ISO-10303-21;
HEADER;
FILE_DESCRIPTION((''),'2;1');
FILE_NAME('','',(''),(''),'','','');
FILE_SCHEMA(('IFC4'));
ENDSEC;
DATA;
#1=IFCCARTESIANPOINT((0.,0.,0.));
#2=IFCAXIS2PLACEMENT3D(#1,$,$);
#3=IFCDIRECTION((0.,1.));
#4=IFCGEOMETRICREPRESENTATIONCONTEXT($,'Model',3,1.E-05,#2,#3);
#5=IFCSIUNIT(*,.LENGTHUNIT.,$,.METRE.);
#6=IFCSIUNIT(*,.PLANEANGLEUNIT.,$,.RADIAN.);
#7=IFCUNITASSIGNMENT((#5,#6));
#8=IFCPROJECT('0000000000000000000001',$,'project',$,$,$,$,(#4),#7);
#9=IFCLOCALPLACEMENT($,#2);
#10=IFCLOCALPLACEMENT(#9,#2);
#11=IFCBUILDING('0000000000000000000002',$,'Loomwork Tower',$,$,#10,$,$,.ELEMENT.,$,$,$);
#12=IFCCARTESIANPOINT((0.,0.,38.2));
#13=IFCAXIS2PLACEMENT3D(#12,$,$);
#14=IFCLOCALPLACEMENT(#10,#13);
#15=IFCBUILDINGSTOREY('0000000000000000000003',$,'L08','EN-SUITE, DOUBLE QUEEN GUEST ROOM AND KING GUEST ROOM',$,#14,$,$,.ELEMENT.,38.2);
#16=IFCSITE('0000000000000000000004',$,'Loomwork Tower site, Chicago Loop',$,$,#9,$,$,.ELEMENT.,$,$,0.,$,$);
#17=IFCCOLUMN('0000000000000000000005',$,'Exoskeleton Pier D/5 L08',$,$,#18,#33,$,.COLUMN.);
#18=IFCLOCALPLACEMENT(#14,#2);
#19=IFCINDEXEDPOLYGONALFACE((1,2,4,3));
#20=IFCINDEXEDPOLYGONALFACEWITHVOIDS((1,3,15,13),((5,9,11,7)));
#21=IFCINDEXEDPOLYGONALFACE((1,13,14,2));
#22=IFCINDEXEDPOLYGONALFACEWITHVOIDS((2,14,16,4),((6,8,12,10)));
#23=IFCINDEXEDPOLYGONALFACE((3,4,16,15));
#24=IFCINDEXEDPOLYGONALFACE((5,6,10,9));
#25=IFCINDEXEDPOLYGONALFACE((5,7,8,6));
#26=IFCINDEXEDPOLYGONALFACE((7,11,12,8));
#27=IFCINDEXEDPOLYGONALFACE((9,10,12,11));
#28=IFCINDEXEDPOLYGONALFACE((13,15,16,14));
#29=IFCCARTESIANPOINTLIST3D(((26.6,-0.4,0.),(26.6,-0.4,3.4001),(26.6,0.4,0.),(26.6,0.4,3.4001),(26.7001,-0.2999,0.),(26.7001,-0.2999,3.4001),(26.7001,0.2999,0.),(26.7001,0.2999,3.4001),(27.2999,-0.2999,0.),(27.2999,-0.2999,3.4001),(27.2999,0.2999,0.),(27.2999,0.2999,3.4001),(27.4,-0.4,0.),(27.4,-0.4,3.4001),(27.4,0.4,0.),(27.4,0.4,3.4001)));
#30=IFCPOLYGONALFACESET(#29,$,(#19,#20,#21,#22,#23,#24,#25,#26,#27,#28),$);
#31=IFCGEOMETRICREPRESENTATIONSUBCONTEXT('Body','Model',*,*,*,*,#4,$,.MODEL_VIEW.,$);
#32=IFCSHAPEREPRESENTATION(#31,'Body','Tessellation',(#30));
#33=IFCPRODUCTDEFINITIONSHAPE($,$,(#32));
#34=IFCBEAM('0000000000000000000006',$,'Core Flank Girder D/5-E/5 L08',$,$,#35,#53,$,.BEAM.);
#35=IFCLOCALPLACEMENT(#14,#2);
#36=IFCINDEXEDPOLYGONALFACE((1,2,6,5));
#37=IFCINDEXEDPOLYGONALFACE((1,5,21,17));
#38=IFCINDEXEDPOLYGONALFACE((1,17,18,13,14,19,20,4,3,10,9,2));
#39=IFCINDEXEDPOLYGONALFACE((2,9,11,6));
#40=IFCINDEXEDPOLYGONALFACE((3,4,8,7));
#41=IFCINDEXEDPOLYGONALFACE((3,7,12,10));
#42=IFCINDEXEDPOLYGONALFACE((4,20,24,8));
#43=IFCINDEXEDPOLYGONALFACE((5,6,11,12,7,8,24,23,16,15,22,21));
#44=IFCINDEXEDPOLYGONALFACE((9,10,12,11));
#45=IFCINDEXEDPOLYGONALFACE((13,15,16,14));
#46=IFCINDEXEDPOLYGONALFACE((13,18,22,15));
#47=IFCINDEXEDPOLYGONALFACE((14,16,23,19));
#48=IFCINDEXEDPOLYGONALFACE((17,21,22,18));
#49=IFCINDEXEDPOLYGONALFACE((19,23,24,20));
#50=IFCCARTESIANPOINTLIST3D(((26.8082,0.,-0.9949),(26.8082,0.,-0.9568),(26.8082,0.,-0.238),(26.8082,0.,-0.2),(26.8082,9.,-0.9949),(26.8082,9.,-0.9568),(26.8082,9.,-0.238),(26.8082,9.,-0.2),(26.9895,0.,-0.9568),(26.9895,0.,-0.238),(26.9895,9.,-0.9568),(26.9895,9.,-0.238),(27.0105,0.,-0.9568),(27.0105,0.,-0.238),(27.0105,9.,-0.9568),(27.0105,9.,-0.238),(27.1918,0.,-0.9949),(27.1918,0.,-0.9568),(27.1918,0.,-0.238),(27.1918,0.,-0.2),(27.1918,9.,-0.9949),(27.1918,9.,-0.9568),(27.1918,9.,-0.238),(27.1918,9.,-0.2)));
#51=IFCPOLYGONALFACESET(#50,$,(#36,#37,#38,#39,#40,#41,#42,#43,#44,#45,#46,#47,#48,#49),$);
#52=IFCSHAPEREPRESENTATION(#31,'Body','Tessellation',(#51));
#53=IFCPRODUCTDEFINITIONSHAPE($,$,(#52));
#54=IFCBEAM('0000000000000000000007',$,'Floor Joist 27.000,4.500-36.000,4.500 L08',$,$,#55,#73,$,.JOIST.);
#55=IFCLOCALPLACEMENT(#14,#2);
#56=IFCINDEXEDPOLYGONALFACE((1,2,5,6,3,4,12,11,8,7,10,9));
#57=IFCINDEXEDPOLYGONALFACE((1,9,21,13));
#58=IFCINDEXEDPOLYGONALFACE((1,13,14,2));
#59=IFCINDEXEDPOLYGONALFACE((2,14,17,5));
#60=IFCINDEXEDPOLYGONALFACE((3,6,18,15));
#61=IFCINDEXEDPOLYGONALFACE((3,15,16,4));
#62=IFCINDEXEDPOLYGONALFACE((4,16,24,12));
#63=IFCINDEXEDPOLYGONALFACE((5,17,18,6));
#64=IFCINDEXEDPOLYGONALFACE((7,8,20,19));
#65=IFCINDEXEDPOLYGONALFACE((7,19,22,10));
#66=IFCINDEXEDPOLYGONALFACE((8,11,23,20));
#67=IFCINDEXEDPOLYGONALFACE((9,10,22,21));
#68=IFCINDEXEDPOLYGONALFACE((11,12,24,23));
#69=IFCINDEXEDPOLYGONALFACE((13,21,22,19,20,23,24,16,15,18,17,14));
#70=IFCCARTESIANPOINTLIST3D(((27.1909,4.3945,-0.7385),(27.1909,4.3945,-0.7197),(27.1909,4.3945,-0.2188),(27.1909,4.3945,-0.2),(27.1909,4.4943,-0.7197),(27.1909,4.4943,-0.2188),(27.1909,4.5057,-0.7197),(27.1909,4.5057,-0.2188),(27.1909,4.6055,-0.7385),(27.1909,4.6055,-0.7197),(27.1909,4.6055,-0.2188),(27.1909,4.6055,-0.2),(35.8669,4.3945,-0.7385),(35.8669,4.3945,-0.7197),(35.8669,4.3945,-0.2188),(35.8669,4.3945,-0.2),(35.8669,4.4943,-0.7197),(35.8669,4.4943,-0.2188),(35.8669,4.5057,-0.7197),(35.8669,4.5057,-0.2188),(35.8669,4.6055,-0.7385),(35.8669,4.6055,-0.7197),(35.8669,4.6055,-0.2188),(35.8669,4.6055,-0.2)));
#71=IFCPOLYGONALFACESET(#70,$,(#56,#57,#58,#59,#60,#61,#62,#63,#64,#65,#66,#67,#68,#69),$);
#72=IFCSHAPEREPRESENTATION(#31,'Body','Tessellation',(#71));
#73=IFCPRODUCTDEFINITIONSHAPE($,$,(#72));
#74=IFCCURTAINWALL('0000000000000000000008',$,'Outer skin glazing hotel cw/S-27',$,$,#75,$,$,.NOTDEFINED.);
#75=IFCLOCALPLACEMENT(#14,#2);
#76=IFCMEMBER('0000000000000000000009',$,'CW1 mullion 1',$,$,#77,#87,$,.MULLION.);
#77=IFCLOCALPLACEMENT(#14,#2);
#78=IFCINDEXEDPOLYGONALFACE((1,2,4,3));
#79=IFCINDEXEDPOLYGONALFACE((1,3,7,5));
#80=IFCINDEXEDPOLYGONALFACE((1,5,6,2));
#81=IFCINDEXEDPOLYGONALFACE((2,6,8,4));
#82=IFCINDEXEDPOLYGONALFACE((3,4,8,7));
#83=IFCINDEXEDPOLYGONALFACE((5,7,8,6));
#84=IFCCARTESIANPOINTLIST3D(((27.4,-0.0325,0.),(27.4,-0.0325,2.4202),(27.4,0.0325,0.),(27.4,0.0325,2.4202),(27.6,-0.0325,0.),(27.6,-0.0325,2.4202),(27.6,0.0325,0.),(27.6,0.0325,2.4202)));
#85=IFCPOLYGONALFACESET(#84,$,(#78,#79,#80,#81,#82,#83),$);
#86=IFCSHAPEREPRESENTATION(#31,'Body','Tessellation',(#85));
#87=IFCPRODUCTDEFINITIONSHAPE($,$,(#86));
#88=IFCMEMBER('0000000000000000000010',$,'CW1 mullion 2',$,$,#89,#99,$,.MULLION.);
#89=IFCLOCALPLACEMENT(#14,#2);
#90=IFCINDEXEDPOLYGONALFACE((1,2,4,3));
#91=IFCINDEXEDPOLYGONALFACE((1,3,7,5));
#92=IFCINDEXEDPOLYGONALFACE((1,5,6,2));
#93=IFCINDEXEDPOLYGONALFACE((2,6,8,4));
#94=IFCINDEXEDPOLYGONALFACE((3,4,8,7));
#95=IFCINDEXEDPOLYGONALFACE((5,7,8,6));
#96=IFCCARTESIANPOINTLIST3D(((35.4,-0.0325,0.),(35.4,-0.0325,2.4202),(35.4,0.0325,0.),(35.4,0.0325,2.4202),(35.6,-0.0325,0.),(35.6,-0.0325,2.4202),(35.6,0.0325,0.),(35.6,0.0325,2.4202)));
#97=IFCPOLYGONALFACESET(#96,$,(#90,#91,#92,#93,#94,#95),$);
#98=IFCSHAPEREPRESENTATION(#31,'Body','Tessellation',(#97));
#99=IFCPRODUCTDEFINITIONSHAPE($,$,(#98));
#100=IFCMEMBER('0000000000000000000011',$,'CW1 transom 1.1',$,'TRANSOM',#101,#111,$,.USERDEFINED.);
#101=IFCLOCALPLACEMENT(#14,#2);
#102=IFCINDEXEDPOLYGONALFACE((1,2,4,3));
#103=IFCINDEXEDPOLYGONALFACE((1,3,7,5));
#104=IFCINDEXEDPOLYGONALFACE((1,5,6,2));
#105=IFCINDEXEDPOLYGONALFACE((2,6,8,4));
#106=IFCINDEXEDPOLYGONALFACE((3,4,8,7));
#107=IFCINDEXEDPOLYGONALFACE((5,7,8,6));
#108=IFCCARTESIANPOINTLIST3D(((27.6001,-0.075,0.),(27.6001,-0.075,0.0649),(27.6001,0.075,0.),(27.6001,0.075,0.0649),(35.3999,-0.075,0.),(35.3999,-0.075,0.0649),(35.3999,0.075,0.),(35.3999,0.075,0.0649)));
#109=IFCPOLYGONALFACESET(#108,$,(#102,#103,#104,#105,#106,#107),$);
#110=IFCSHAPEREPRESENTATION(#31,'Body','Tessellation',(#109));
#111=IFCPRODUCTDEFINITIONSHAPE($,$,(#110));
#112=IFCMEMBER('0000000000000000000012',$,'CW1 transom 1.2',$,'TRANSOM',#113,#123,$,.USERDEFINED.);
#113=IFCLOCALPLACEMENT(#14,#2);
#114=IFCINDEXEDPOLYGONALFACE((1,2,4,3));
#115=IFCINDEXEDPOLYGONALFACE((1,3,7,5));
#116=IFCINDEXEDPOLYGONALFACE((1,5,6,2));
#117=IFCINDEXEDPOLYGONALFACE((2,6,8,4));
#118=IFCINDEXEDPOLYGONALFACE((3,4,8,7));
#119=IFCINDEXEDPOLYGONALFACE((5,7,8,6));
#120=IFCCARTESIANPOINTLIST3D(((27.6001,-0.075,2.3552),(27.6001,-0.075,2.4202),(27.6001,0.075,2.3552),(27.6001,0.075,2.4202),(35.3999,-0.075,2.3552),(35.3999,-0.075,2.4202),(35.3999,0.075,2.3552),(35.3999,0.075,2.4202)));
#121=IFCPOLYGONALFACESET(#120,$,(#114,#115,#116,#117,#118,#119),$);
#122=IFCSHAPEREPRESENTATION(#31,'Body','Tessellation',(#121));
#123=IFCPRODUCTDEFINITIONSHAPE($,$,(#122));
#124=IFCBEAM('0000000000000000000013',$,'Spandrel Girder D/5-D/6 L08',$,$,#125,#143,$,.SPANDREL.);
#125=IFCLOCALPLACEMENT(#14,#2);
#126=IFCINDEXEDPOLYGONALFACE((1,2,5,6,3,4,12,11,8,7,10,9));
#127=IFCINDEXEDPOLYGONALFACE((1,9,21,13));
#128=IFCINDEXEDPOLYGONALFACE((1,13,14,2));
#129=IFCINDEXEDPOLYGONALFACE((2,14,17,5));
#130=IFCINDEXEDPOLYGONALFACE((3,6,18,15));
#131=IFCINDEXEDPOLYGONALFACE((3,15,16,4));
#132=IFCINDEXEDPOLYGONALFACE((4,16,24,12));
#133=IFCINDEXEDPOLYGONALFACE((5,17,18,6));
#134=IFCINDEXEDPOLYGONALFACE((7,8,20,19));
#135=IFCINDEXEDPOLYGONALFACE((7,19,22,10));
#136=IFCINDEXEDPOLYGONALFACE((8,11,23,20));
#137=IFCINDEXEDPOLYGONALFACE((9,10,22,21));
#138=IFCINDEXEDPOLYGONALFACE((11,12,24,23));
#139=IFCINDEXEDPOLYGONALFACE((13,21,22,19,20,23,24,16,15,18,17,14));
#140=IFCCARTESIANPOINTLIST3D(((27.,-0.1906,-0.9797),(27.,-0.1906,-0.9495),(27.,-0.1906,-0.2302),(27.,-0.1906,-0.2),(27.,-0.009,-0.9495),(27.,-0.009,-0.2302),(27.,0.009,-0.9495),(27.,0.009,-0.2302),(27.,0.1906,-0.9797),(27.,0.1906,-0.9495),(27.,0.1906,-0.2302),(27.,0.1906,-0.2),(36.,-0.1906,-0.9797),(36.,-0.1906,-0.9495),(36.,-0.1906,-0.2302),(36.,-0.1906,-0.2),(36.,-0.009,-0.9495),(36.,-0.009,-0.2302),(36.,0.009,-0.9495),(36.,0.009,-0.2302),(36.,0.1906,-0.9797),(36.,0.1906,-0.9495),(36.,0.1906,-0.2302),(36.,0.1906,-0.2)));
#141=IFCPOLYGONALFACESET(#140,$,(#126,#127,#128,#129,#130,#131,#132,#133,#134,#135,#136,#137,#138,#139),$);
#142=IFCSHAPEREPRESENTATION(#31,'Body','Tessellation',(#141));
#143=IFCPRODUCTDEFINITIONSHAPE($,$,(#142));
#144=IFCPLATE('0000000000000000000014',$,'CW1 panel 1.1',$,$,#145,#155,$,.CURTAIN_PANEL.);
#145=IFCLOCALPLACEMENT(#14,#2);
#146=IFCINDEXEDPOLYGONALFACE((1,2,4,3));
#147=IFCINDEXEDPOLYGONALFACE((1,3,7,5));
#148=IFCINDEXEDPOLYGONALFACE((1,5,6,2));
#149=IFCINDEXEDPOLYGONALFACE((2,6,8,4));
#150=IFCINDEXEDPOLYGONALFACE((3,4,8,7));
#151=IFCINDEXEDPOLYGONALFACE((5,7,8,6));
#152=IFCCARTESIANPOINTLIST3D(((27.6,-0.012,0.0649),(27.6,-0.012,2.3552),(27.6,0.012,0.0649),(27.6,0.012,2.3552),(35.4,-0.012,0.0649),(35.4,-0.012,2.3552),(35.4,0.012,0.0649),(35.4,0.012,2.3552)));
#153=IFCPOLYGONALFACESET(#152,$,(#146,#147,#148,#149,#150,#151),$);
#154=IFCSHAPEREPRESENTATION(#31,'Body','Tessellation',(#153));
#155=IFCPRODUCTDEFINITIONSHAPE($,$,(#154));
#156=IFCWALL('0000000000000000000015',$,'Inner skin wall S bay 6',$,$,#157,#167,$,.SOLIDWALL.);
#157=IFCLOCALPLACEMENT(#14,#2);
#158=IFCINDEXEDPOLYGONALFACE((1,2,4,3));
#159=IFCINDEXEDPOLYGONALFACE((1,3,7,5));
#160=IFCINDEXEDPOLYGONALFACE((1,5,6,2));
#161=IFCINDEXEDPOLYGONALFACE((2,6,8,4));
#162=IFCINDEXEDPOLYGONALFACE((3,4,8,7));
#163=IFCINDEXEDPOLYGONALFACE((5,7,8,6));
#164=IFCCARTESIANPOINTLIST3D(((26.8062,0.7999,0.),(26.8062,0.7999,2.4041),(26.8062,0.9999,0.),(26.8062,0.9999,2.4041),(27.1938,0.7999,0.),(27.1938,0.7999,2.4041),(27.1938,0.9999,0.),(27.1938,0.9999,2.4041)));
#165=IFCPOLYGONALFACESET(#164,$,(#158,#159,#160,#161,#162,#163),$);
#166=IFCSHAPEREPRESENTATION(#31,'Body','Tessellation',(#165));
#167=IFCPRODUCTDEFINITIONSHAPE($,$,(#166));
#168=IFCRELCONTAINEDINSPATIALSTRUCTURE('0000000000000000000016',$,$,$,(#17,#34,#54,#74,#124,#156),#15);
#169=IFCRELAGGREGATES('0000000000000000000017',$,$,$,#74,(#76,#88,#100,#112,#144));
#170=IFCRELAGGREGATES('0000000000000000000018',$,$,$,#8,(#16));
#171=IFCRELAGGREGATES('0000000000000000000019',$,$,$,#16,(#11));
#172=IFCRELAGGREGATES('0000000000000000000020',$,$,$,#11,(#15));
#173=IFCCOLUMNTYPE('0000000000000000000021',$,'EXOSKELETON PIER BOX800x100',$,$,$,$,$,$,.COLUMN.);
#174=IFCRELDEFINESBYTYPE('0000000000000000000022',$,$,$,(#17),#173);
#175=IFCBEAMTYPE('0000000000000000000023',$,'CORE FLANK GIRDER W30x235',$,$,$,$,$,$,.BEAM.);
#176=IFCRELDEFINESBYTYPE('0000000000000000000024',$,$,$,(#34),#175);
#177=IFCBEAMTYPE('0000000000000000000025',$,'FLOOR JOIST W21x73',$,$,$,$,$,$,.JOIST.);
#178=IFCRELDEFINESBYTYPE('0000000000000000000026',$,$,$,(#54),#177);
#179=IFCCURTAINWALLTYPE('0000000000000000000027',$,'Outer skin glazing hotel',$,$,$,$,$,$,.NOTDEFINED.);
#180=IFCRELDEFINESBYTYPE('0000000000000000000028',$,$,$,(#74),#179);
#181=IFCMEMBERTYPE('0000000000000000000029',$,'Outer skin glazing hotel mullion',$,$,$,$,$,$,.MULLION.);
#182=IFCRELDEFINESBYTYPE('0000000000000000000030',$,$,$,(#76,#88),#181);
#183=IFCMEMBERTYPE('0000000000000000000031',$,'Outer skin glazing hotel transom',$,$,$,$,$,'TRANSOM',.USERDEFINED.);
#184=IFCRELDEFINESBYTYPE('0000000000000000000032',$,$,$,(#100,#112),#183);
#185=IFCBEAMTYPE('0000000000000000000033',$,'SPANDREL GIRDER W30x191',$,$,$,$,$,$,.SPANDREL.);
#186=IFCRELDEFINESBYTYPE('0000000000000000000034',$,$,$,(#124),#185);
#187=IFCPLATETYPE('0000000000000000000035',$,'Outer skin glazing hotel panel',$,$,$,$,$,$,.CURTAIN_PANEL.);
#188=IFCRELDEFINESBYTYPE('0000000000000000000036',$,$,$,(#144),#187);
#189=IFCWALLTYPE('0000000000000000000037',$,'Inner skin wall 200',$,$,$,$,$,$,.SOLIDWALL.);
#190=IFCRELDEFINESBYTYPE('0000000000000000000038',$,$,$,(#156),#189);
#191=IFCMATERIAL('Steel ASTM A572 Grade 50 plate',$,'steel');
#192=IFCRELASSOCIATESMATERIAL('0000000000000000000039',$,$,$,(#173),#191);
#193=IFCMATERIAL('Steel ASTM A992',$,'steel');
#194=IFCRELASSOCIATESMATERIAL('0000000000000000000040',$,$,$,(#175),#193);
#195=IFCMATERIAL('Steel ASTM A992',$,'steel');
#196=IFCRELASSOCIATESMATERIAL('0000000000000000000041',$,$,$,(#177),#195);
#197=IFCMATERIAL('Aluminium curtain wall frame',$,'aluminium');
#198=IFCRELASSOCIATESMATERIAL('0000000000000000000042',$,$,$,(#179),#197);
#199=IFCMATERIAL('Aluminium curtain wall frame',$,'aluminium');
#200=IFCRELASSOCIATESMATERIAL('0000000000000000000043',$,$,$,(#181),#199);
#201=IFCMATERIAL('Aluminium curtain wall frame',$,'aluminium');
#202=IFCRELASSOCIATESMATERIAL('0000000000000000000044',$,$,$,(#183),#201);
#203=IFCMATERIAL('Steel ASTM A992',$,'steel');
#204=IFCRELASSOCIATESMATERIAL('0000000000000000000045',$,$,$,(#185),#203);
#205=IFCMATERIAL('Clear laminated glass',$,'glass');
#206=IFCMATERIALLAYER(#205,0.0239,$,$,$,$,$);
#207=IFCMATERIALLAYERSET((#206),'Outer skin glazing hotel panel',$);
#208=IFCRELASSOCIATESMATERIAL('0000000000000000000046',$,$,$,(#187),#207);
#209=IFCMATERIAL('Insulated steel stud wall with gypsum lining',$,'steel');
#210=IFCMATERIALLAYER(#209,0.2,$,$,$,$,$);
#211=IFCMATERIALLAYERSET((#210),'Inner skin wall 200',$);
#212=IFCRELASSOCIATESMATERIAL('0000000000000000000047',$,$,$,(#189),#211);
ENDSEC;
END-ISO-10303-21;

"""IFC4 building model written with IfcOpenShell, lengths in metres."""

from ifc_helpers import new_model, si_unit, direction, frame, frame_2d, origin, origin_2d, place, context, subcontext, project, spatial, rectangle, hollow_rectangle, i_section, extrude, material, layer, layer_set, material_profile, profile_set, type_object, element, aggregate, save


model = new_model("IFC4")

# Units and contexts
model_context = context("Model", 3, precision=1e-05, world=origin(), true_north=direction((0.0, 1.0)))
body_context = subcontext(model_context, "Body", "Model", "MODEL_VIEW")
ifc_project = project(units=[si_unit("LENGTHUNIT", "METRE"), si_unit("PLANEANGLEUNIT", "RADIAN")], contexts=[model_context])

# Site, building, storey
site_placement = place(None, origin())
site = spatial("IfcSite", under=ifc_project, at=site_placement, Name="Loomwork Tower site, Chicago Loop", CompositionType="ELEMENT", RefElevation=0.0)
building_placement = place(site_placement, origin())
building = spatial("IfcBuilding", under=site, at=building_placement, Name="Loomwork Tower", CompositionType="ELEMENT")
storey_placement = place(building_placement, frame((0.0, 0.0, 38.2)))
storey = spatial("IfcBuildingStorey", under=building, at=storey_placement, Name="L08", Description="EN-SUITE, DOUBLE QUEEN GUEST ROOM AND KING GUEST ROOM", CompositionType="ELEMENT", Elevation=38.2)

# Column
ifc_material_1 = material(Name="Steel ASTM A572 Grade 50 plate", Category="steel")
ifc_material_profile_1 = material_profile(ifc_material_1, hollow_rectangle(XDim=0.8, YDim=0.8, WallThickness=0.1001, at=origin_2d()), Name="BOX800x100")
ifc_profile_set_1 = profile_set([ifc_material_profile_1], Name="Steel ASTM A572 Grade 50 plate")
column_type = type_object("IfcColumnType", Name="EXOSKELETON PIER BOX800x100", PredefinedType="COLUMN", material=ifc_profile_set_1)
column_placement = place(storey_placement, frame((27.0, 0.0, 0.0), z_axis=(0.0, 0.0, 1.0), x_axis=(1.0, 0.0, 0.0)))
element("IfcColumn", 1, at=column_placement, inside=storey, type_object=column_type, Name="Exoskeleton Pier D/5 L08", PredefinedType="COLUMN", context=body_context, shape_type="SweptSolid", body=[
    extrude(hollow_rectangle(XDim=0.8, YDim=0.8, WallThickness=0.1001, at=origin_2d()), origin(), (0.0, 0.0, 1.0), 3.4001),
])

# Beams
ifc_material_2 = material(Name="Steel ASTM A992", Category="steel")
ifc_material_profile_2 = material_profile(ifc_material_2, i_section(OverallWidth=0.3835, OverallDepth=0.7949, WebThickness=0.021, FlangeThickness=0.0381, at=origin_2d()), Name="W30x235")
ifc_profile_set_2 = profile_set([ifc_material_profile_2], Name="Steel ASTM A992")
beam_type_1 = type_object("IfcBeamType", Name="CORE FLANK GIRDER W30x235", PredefinedType="BEAM", material=ifc_profile_set_2)
beam_1_placement = place(storey_placement, frame((27.0, 0.0, -0.5974), z_axis=(0.0, 1.0, 0.0), x_axis=(-1.0, 0.0, 0.0)))
element("IfcBeam", 2, at=beam_1_placement, inside=storey, type_object=beam_type_1, Name="Core Flank Girder D/5-E/5 L08", PredefinedType="BEAM", context=body_context, shape_type="SweptSolid", body=[
    extrude(i_section(OverallWidth=0.3835, OverallDepth=0.7949, WebThickness=0.021, FlangeThickness=0.0381, at=origin_2d()), origin(), (0.0, 0.0, 1.0), 9.0),
])
ifc_material_3 = material(Name="Steel ASTM A992", Category="steel")
ifc_material_profile_3 = material_profile(ifc_material_3, i_section(OverallWidth=0.2109, OverallDepth=0.5386, WebThickness=0.0115, FlangeThickness=0.0188, at=origin_2d()), Name="W21x73")
ifc_profile_set_3 = profile_set([ifc_material_profile_3], Name="Steel ASTM A992")
beam_type_2 = type_object("IfcBeamType", Name="FLOOR JOIST W21x73", PredefinedType="JOIST", material=ifc_profile_set_3)
beam_2_placement = place(storey_placement, frame((27.1909, 4.5, -0.4692), z_axis=(1.0, 0.0, 0.0), x_axis=(0.0, 1.0, 0.0)))
element("IfcBeam", 3, at=beam_2_placement, inside=storey, type_object=beam_type_2, Name="Floor Joist 27.000,4.500-36.000,4.500 L08", PredefinedType="JOIST", context=body_context, shape_type="SweptSolid", body=[
    extrude(i_section(OverallWidth=0.2109, OverallDepth=0.5386, WebThickness=0.0115, FlangeThickness=0.0188, at=origin_2d()), origin(), (0.0, 0.0, 1.0), 8.676),
])

# Curtain wall, members
ifc_material_4 = material(Name="Aluminium curtain wall frame", Category="aluminium")
curtain_wall_type = type_object("IfcCurtainWallType", Name="Outer skin glazing hotel", PredefinedType="NOTDEFINED", material=ifc_material_4)
curtain_wall_placement = place(storey_placement, origin())
curtain_wall = element("IfcCurtainWall", 4, at=curtain_wall_placement, inside=storey, type_object=curtain_wall_type, Name="Outer skin glazing hotel cw/S-27", PredefinedType="NOTDEFINED")
ifc_material_5 = material(Name="Aluminium curtain wall frame", Category="aluminium")
ifc_material_profile_4 = material_profile(ifc_material_5, rectangle(XDim=0.0649, YDim=0.2, at=origin_2d()), Name="AL 65x200")
ifc_profile_set_4 = profile_set([ifc_material_profile_4], Name="Aluminium curtain wall frame")
member_type_1 = type_object("IfcMemberType", Name="Outer skin glazing hotel mullion", PredefinedType="MULLION", material=ifc_profile_set_4)
member_1_placement = place(storey_placement, frame((27.5, 0.0, 0.0), z_axis=(0.0, 0.0, 1.0), x_axis=(0.0, 1.0, 0.0)))
member_1 = element("IfcMember", 5, at=member_1_placement, type_object=member_type_1, Name="CW1 mullion 1", PredefinedType="MULLION", context=body_context, shape_type="SweptSolid", body=[
    extrude(rectangle(XDim=0.0649, YDim=0.2, at=origin_2d()), origin(), (0.0, 0.0, 1.0), 2.4202),
])
member_2_placement = place(storey_placement, frame((35.5, 0.0, 0.0), z_axis=(0.0, 0.0, 1.0), x_axis=(0.0, 1.0, 0.0)))
member_2 = element("IfcMember", 6, at=member_2_placement, type_object=member_type_1, Name="CW1 mullion 2", PredefinedType="MULLION", context=body_context, shape_type="SweptSolid", body=[
    extrude(rectangle(XDim=0.0649, YDim=0.2, at=origin_2d()), origin(), (0.0, 0.0, 1.0), 2.4202),
])
ifc_material_6 = material(Name="Aluminium curtain wall frame", Category="aluminium")
ifc_material_profile_5 = material_profile(ifc_material_6, rectangle(XDim=0.1499, YDim=0.0649, at=origin_2d()), Name="AL 65x150")
ifc_profile_set_5 = profile_set([ifc_material_profile_5], Name="Aluminium curtain wall frame")
member_type_2 = type_object("IfcMemberType", Name="Outer skin glazing hotel transom", ElementType="TRANSOM", PredefinedType="USERDEFINED", material=ifc_profile_set_5)
member_3_placement = place(storey_placement, frame((27.6001, 0.0, 0.0325), z_axis=(1.0, 0.0, 0.0), x_axis=(0.0, 1.0, 0.0)))
member_3 = element("IfcMember", 7, at=member_3_placement, type_object=member_type_2, Name="CW1 transom 1.1", ObjectType="TRANSOM", PredefinedType="USERDEFINED", context=body_context, shape_type="SweptSolid", body=[
    extrude(rectangle(XDim=0.1499, YDim=0.0649, at=origin_2d()), origin(), (0.0, 0.0, 1.0), 7.7998),
])
member_4_placement = place(storey_placement, frame((27.6001, 0.0, 2.3877), z_axis=(1.0, 0.0, 0.0), x_axis=(0.0, 1.0, 0.0)))
member_4 = element("IfcMember", 8, at=member_4_placement, type_object=member_type_2, Name="CW1 transom 1.2", ObjectType="TRANSOM", PredefinedType="USERDEFINED", context=body_context, shape_type="SweptSolid", body=[
    extrude(rectangle(XDim=0.1499, YDim=0.0649, at=origin_2d()), origin(), (0.0, 0.0, 1.0), 7.7998),
])

# Beam
ifc_material_7 = material(Name="Steel ASTM A992", Category="steel")
ifc_material_profile_6 = material_profile(ifc_material_7, i_section(OverallWidth=0.3811, OverallDepth=0.7798, WebThickness=0.0181, FlangeThickness=0.0303, at=origin_2d()), Name="W30x191")
ifc_profile_set_6 = profile_set([ifc_material_profile_6], Name="Steel ASTM A992")
beam_type_3 = type_object("IfcBeamType", Name="SPANDREL GIRDER W30x191", PredefinedType="SPANDREL", material=ifc_profile_set_6)
beam_3_placement = place(storey_placement, frame((27.0, 0.0, -0.5898), z_axis=(1.0, 0.0, 0.0), x_axis=(0.0, 1.0, 0.0)))
element("IfcBeam", 9, at=beam_3_placement, inside=storey, type_object=beam_type_3, Name="Spandrel Girder D/5-D/6 L08", PredefinedType="SPANDREL", context=body_context, shape_type="SweptSolid", body=[
    extrude(i_section(OverallWidth=0.3811, OverallDepth=0.7798, WebThickness=0.0181, FlangeThickness=0.0303, at=origin_2d()), origin(), (0.0, 0.0, 1.0), 9.0),
])

# Plate
ifc_material_8 = material(Name="Clear laminated glass", Category="glass")
ifc_layer_1 = layer(ifc_material_8, 0.0239)
ifc_layer_set_1 = layer_set([ifc_layer_1], Name="Outer skin glazing hotel panel")
plate_type = type_object("IfcPlateType", Name="Outer skin glazing hotel panel", PredefinedType="CURTAIN_PANEL", material=ifc_layer_set_1)
plate_placement = place(storey_placement, frame((31.5, 0.0, 0.0649), z_axis=(0.0, 0.0, 1.0), x_axis=(1.0, 0.0, 0.0)))
plate = element("IfcPlate", 10, at=plate_placement, type_object=plate_type, Name="CW1 panel 1.1", PredefinedType="CURTAIN_PANEL", context=body_context, shape_type="SweptSolid", body=[
    extrude(rectangle(XDim=7.8, YDim=0.0239, at=origin_2d()), origin(), (0.0, 0.0, 1.0), 2.2903),
])
aggregate(curtain_wall, [member_1, member_2, member_3, member_4, plate])

# Wall
ifc_material_9 = material(Name="Insulated steel stud wall with gypsum lining", Category="steel")
ifc_layer_2 = layer(ifc_material_9, 0.2)
ifc_layer_set_2 = layer_set([ifc_layer_2], Name="Inner skin wall 200")
wall_type = type_object("IfcWallType", Name="Inner skin wall 200", PredefinedType="SOLIDWALL", material=ifc_layer_set_2)
wall_1_placement = place(storey_placement, frame((26.8062, 0.8999, 0.0), z_axis=(0.0, 0.0, 1.0), x_axis=(1.0, 0.0, 0.0)))
element("IfcWall", 11, at=wall_1_placement, inside=storey, type_object=wall_type, Name="Inner skin wall S bay 6", PredefinedType="SOLIDWALL", context=body_context, shape_type="SweptSolid", body=[
    extrude(rectangle(XDim=0.3877, YDim=0.2, at=frame_2d((0.1938, 0.0))), origin(), (0.0, 0.0, 1.0), 2.4041),
])

save(model, "model.ifc")
